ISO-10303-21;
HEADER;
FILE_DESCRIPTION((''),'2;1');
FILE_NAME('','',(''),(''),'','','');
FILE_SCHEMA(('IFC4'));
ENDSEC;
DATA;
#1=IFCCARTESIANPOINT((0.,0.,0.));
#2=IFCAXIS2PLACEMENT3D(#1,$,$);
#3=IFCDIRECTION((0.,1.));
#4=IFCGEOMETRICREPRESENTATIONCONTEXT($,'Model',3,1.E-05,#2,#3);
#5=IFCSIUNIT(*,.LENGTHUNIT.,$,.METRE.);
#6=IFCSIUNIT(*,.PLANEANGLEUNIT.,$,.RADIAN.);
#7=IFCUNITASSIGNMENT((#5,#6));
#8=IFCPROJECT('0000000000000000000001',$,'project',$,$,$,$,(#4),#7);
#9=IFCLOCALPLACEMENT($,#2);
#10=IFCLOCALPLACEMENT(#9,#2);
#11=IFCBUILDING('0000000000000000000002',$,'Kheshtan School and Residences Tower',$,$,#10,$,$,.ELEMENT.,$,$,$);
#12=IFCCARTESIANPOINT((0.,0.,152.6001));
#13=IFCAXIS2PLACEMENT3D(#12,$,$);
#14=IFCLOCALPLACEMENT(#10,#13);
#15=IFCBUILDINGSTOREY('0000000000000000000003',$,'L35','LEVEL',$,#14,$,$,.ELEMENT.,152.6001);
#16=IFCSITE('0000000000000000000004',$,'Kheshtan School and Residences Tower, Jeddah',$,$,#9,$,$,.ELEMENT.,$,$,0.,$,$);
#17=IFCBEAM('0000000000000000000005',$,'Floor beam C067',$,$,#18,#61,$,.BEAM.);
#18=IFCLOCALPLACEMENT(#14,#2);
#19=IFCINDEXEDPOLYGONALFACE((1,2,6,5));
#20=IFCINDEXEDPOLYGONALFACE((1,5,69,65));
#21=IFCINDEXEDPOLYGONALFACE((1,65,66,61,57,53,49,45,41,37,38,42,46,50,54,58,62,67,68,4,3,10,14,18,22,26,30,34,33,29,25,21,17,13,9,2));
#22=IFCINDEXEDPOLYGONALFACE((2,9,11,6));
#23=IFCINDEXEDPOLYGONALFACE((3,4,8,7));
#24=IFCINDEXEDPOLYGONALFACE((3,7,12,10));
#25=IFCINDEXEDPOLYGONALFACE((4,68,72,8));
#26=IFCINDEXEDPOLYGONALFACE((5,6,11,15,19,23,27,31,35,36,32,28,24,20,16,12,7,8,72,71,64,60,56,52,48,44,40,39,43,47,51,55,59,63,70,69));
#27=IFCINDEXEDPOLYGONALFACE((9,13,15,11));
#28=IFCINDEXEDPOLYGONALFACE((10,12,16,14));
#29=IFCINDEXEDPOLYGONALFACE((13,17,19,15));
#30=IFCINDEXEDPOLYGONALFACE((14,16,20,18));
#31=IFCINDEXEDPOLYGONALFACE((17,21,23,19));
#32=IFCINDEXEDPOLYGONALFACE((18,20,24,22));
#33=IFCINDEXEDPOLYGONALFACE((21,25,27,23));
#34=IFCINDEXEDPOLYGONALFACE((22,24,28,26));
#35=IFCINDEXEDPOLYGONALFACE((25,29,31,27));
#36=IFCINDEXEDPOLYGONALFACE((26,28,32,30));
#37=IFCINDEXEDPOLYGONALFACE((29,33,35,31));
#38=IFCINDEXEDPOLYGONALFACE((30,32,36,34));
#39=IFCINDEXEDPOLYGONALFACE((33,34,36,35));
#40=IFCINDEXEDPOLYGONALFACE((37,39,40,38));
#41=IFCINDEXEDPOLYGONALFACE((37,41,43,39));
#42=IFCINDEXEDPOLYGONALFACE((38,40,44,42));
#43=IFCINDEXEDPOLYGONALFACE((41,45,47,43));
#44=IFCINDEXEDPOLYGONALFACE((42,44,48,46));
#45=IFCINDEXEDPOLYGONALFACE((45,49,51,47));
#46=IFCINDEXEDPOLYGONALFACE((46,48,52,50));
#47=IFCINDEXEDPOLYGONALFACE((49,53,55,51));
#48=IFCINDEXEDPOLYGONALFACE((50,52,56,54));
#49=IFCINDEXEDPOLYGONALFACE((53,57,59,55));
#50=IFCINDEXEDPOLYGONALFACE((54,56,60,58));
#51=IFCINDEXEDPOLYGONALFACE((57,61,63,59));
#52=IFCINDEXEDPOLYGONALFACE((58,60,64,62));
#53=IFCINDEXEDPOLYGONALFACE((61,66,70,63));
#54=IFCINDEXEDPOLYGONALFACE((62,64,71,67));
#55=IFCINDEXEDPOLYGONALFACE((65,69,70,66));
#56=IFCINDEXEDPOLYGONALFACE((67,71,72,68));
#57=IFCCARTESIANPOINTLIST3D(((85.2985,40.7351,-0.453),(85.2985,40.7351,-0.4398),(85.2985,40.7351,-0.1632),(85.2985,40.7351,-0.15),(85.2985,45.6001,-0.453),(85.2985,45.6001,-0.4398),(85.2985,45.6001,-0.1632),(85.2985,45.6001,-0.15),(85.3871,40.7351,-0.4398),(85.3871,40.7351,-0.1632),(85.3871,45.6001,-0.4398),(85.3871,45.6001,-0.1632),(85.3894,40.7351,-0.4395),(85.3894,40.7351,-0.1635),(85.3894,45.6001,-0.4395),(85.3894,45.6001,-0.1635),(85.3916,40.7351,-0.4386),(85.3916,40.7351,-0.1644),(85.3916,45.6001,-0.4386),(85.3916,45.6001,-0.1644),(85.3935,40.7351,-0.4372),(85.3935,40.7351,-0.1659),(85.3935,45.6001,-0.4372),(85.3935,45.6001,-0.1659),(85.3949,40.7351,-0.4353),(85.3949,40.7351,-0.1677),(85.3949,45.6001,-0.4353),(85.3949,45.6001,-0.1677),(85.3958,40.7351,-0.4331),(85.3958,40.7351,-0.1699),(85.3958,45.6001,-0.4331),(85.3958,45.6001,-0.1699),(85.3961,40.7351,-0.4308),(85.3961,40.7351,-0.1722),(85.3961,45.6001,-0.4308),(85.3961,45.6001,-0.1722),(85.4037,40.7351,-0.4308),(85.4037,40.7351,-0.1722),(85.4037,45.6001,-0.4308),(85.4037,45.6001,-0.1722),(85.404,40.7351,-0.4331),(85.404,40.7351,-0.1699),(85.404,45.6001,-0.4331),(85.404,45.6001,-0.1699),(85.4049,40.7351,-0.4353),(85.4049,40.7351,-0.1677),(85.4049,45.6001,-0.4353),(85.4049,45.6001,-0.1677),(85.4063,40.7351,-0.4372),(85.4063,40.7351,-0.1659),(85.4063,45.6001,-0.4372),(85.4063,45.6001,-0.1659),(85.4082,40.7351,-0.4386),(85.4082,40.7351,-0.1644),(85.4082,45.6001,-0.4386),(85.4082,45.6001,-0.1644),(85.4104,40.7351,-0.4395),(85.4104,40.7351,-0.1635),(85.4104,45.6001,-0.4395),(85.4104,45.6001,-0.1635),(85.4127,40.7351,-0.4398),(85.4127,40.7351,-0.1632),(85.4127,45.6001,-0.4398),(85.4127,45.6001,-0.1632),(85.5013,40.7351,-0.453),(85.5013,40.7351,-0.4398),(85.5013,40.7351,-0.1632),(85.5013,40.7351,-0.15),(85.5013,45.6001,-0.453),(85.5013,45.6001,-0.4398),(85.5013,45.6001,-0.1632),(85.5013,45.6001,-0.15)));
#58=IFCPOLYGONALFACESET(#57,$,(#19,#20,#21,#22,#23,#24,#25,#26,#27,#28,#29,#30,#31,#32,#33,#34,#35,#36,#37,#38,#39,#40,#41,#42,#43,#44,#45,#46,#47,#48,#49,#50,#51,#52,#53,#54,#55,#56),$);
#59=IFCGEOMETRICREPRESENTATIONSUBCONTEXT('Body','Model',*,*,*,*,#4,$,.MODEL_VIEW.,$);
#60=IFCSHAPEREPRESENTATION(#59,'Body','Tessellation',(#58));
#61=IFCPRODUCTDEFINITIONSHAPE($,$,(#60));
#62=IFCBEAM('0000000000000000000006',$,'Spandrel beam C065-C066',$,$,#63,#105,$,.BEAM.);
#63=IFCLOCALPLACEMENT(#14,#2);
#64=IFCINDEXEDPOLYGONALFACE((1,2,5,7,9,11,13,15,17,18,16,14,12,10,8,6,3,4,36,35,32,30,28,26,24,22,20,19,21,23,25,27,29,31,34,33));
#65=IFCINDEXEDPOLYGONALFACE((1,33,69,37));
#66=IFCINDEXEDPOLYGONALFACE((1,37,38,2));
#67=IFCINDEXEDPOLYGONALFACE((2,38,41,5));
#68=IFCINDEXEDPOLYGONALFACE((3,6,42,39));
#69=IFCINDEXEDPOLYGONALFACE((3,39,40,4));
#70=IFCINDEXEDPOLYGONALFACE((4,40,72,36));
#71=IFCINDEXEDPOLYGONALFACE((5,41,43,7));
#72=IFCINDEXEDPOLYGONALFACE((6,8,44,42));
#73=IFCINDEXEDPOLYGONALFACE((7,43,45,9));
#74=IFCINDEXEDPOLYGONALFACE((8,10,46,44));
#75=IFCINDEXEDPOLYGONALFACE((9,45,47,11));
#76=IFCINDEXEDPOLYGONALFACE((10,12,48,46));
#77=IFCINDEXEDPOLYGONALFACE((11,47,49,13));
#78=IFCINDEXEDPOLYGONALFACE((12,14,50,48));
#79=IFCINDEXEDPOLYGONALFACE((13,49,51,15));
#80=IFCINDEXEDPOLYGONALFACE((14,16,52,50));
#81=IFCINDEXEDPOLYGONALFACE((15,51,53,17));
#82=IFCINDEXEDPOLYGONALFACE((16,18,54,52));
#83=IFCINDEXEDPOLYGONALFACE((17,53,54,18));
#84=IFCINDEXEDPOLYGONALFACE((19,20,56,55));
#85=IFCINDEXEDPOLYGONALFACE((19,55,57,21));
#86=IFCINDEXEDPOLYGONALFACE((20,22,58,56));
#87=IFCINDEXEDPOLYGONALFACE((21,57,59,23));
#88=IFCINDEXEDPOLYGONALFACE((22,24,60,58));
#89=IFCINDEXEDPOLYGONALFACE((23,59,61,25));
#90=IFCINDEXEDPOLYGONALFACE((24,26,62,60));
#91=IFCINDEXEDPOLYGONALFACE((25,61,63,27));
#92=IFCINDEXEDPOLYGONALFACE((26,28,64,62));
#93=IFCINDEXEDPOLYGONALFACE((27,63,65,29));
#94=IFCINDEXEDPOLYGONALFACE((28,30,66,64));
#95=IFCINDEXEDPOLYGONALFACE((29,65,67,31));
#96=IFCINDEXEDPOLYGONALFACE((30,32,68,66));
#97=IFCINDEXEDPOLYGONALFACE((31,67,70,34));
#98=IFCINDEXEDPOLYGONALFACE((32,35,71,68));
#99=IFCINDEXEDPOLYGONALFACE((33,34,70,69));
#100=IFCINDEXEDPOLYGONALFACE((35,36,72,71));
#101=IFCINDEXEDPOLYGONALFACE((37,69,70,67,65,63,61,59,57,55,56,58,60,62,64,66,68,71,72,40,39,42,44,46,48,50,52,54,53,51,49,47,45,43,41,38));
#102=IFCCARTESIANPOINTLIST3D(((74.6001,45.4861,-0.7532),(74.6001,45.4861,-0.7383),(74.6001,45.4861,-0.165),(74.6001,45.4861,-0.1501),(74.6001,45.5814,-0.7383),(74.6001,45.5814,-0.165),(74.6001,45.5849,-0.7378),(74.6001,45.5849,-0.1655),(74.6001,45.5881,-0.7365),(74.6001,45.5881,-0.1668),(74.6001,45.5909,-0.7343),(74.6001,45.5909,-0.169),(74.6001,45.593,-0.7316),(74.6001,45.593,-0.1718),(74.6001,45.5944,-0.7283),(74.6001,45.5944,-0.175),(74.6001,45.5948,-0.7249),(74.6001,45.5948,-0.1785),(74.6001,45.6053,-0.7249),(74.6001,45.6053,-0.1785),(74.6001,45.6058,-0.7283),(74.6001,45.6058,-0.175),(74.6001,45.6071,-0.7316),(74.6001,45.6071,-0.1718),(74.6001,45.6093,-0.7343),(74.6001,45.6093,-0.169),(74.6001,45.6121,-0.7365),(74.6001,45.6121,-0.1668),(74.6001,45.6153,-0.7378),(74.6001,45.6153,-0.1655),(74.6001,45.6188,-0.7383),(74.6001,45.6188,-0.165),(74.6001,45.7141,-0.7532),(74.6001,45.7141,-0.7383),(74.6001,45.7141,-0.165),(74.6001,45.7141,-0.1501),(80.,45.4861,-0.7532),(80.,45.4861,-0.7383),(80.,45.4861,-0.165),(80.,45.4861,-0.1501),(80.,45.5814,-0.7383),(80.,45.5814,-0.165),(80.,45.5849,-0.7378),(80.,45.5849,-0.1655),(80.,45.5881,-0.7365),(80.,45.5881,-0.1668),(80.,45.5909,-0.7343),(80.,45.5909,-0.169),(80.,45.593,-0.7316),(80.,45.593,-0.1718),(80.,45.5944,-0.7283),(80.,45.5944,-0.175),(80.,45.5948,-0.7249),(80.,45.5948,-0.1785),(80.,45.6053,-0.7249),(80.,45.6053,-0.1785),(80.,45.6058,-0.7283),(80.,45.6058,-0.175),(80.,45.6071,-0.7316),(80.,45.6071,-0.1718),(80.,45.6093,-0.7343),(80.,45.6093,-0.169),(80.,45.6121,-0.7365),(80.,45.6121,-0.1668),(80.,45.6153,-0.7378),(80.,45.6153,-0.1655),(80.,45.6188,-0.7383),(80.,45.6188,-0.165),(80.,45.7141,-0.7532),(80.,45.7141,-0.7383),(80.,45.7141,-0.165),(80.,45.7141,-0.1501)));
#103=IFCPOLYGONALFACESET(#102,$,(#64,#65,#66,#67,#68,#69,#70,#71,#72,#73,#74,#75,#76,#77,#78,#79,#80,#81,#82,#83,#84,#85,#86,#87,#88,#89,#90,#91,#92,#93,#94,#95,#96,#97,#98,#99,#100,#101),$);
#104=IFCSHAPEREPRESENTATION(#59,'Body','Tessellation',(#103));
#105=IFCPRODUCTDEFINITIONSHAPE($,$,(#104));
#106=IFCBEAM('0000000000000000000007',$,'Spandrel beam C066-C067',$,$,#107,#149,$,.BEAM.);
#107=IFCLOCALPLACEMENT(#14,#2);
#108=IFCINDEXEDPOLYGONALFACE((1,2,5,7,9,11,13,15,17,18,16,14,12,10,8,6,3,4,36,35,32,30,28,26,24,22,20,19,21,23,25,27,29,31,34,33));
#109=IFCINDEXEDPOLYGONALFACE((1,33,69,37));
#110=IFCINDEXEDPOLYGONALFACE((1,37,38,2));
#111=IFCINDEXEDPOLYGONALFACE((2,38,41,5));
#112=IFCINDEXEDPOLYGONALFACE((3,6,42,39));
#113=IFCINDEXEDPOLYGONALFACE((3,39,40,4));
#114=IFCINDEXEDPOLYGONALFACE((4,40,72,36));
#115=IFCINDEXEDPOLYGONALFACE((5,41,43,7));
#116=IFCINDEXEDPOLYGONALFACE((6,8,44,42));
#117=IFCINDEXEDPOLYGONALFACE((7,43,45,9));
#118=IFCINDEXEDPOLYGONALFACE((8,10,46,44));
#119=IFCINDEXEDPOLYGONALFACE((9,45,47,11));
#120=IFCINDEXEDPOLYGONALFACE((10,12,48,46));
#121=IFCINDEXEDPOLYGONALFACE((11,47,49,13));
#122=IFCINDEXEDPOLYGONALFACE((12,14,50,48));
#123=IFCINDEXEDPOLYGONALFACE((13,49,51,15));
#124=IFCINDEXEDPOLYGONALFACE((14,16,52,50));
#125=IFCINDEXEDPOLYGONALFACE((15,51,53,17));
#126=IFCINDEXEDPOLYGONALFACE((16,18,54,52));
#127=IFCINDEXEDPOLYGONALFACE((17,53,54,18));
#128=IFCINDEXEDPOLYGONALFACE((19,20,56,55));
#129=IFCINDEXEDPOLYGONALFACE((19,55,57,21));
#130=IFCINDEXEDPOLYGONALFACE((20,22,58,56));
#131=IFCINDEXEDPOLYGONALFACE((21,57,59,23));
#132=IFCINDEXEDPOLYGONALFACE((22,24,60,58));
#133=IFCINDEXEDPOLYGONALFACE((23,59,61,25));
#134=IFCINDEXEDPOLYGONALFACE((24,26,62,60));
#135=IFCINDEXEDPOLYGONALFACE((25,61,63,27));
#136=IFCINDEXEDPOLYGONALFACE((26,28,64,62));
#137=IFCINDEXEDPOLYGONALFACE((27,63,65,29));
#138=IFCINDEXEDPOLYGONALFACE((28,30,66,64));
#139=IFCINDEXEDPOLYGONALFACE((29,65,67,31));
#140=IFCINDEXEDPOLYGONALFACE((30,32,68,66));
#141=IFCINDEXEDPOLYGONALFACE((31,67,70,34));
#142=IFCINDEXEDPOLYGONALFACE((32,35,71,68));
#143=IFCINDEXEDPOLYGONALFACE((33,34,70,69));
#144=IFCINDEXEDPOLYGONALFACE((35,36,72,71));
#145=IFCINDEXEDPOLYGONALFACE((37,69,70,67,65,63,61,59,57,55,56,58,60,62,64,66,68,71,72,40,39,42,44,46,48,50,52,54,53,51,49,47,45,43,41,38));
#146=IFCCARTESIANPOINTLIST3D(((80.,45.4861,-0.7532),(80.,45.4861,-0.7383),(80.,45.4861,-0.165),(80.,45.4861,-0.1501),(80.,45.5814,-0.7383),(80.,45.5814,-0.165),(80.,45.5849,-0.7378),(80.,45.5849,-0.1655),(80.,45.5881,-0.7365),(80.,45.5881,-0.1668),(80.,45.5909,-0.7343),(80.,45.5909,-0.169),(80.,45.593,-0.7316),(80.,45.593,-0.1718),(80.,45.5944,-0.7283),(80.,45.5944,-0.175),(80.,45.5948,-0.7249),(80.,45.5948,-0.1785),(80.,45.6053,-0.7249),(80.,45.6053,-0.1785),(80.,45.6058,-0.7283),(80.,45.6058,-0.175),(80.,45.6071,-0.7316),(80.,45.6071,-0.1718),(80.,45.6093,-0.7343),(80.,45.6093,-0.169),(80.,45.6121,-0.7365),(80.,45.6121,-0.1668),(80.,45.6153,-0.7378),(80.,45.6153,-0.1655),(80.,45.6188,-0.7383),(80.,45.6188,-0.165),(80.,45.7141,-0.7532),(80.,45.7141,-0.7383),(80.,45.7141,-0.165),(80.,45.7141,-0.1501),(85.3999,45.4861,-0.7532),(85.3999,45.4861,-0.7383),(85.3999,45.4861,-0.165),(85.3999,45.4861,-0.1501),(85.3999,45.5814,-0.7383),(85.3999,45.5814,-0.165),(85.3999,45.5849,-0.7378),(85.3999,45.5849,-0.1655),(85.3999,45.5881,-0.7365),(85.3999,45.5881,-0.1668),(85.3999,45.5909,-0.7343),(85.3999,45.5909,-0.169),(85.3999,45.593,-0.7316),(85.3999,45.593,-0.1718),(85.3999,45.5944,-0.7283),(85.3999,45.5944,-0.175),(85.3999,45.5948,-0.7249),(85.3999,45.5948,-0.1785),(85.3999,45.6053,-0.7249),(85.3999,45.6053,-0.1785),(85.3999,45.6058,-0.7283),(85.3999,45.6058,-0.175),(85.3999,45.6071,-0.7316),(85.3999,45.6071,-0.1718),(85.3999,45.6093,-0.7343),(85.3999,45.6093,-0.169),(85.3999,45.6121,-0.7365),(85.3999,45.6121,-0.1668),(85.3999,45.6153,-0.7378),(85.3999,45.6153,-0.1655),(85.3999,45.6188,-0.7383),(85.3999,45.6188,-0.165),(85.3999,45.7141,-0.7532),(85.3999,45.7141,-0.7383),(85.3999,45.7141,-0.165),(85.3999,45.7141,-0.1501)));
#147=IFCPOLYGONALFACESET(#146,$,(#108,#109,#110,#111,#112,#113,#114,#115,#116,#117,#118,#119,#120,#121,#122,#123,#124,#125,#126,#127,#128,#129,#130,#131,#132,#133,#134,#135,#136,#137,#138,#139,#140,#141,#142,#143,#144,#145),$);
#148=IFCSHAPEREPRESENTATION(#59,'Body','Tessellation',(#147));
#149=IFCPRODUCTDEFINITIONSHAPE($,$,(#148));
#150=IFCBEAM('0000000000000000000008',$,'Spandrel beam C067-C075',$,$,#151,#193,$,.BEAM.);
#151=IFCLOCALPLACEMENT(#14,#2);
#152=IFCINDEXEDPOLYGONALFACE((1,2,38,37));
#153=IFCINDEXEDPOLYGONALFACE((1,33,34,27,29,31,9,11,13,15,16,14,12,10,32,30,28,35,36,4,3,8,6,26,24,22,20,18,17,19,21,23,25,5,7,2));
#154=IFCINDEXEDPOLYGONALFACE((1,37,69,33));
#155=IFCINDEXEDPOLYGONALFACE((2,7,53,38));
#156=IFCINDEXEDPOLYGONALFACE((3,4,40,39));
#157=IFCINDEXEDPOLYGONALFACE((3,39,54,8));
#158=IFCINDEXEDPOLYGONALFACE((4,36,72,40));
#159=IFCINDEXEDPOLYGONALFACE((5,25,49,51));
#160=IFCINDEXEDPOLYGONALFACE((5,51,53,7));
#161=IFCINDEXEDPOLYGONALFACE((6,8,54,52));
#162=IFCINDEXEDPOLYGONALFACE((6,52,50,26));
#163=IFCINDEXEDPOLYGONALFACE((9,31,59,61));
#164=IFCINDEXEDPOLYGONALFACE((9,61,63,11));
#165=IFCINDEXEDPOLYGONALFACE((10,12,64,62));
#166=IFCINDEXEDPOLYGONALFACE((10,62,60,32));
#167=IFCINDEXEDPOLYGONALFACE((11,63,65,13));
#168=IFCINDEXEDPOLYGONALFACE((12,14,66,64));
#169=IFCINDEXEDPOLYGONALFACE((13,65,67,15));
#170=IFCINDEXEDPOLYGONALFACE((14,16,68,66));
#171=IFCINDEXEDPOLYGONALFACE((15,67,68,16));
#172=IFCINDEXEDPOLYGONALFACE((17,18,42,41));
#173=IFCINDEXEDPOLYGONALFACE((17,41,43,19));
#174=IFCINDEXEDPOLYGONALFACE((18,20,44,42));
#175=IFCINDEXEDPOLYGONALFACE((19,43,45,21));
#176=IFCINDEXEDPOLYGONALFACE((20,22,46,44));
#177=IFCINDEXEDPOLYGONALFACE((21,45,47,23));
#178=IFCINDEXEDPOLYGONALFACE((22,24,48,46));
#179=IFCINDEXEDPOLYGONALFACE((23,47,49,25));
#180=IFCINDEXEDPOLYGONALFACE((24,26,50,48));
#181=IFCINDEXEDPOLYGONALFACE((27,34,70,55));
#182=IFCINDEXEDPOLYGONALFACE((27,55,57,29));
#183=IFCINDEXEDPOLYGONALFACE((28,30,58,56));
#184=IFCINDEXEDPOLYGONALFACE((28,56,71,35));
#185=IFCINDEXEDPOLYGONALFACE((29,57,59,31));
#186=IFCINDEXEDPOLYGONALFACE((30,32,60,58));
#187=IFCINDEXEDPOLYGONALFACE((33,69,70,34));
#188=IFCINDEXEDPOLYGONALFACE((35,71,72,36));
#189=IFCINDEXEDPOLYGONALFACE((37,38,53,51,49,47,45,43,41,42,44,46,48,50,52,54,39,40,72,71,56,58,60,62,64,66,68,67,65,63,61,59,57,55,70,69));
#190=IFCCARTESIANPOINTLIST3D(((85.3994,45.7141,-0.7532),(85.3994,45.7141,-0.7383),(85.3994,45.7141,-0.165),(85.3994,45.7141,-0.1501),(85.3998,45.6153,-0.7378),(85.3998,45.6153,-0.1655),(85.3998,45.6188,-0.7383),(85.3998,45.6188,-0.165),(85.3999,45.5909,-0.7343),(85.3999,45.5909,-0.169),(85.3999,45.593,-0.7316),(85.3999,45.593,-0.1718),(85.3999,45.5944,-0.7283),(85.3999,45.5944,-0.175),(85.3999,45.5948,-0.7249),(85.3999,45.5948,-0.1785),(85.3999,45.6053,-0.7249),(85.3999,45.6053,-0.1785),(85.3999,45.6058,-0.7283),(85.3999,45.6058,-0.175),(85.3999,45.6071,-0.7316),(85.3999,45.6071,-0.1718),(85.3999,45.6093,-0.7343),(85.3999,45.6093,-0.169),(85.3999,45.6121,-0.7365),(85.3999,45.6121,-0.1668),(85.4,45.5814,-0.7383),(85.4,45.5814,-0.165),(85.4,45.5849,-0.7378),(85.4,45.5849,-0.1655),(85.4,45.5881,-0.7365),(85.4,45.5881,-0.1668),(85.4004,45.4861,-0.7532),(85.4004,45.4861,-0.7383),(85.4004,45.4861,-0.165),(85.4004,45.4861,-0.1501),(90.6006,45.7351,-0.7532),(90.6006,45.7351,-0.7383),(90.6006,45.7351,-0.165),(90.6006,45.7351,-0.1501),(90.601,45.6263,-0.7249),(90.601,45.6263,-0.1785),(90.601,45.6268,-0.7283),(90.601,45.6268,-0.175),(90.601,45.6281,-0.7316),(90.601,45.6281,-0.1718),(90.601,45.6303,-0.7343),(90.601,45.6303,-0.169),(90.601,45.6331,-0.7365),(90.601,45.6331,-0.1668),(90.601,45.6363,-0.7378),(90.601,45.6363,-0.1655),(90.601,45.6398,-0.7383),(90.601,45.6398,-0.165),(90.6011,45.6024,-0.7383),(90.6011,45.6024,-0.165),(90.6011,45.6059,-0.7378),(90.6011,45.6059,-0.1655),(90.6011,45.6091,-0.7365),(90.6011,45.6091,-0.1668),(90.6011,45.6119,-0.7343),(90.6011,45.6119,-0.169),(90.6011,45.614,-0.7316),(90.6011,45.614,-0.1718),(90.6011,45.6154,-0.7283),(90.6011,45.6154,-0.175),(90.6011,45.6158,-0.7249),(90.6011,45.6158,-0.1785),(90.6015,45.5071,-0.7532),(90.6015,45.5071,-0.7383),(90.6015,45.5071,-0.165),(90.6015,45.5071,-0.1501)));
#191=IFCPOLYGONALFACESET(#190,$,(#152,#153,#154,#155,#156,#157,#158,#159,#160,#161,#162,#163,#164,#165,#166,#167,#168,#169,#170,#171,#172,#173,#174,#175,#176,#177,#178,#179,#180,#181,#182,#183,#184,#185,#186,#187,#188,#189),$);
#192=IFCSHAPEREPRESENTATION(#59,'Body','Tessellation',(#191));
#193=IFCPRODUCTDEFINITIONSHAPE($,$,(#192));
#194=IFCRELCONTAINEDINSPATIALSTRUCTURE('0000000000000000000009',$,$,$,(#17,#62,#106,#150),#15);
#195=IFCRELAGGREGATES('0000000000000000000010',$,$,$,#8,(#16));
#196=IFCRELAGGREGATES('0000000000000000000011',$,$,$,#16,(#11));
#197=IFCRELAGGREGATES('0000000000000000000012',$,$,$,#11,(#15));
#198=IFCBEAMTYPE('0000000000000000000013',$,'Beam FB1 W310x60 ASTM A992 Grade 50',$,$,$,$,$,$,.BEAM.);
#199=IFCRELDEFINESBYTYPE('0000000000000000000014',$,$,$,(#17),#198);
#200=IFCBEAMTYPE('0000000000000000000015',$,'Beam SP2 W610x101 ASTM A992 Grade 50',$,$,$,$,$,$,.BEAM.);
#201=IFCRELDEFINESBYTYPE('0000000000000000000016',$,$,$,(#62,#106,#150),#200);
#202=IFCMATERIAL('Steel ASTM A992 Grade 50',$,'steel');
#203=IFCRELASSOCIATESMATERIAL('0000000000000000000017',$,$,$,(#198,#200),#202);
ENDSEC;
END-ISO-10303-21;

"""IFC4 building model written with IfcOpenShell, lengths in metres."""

from ifc_helpers import new_model, si_unit, direction, frame, origin, origin_2d, place, context, subcontext, project, spatial, i_section, extrude, material, material_profile, profile_set, type_object, element, save


model = new_model("IFC4")

# Units and contexts
model_context = context("Model", 3, precision=1e-05, world=origin(), true_north=direction((0.0, 1.0)))
body_context = subcontext(model_context, "Body", "Model", "MODEL_VIEW")
ifc_project = project(units=[si_unit("LENGTHUNIT", "METRE"), si_unit("PLANEANGLEUNIT", "RADIAN")], contexts=[model_context])

# Site, building, storey
site_placement = place(None, origin())
site = spatial("IfcSite", under=ifc_project, at=site_placement, Name="Kheshtan School and Residences Tower, Jeddah", CompositionType="ELEMENT", RefElevation=0.0)
building_placement = place(site_placement, origin())
building = spatial("IfcBuilding", under=site, at=building_placement, Name="Kheshtan School and Residences Tower", CompositionType="ELEMENT")
storey_placement = place(building_placement, frame((0.0, 0.0, 152.6001)))
storey = spatial("IfcBuildingStorey", under=building, at=storey_placement, Name="L35", Description="LEVEL", CompositionType="ELEMENT", Elevation=152.6001)

# Shared definitions
ifc_material_1 = material(Name="Steel ASTM A992 Grade 50", Category="steel")

# Beams
ifc_material_profile_1 = material_profile(ifc_material_1, i_section(OverallWidth=0.2029, OverallDepth=0.303, WebThickness=0.0076, FlangeThickness=0.0132, FilletRadius=0.009, at=origin_2d()), Name="W310x60")
ifc_profile_set_1 = profile_set([ifc_material_profile_1], Name="Steel ASTM A992 Grade 50")
beam_type_1 = type_object("IfcBeamType", Name="Beam FB1 W310x60 ASTM A992 Grade 50", PredefinedType="BEAM", material=ifc_profile_set_1)
beam_1_placement = place(storey_placement, frame((85.3999, 45.6001, -0.3015), z_axis=(0.0, -1.0, 0.0), x_axis=(1.0, 0.0, 0.0)))
element("IfcBeam", 1, at=beam_1_placement, inside=storey, type_object=beam_type_1, Name="Floor beam C067", PredefinedType="BEAM", context=body_context, shape_type="SweptSolid", body=[
    extrude(i_section(OverallWidth=0.2029, OverallDepth=0.303, WebThickness=0.0076, FlangeThickness=0.0132, FilletRadius=0.009, at=origin_2d()), origin(), (0.0, 0.0, 1.0), 4.865),
])
ifc_material_profile_2 = material_profile(ifc_material_1, i_section(OverallWidth=0.228, OverallDepth=0.603, WebThickness=0.0105, FlangeThickness=0.0149, FilletRadius=0.0134, at=origin_2d()), Name="W610x101")
ifc_profile_set_2 = profile_set([ifc_material_profile_2], Name="Steel ASTM A992 Grade 50")
beam_type_2 = type_object("IfcBeamType", Name="Beam SP2 W610x101 ASTM A992 Grade 50", PredefinedType="BEAM", material=ifc_profile_set_2)
for number, where, z_axis, x_axis, name in (
    (2, (74.6001, 45.6001, -0.4517), (1.0, 0.0, 0.0), (0.0, 1.0, 0.0), "Spandrel beam C065-C066"),
    (3, (80.0, 45.6001, -0.4517), (1.0, 0.0, 0.0), (0.0, 1.0, 0.0), "Spandrel beam C066-C067"),
):
    element("IfcBeam", number, at=place(storey_placement, frame(where, z_axis=z_axis, x_axis=x_axis)), inside=storey, type_object=beam_type_2, Name=name, PredefinedType="BEAM", context=body_context, shape_type="SweptSolid", body=[
        extrude(i_section(OverallWidth=0.228, OverallDepth=0.603, WebThickness=0.0105, FlangeThickness=0.0149, FilletRadius=0.0134, at=origin_2d()), origin(), (0.0, 0.0, 1.0), 5.3999),
    ])
beam_2_placement = place(storey_placement, frame((85.3999, 45.6001, -0.4517), z_axis=(0.999992, 0.004037, 0.0), x_axis=(-0.004037, 0.999992, 0.0)))
element("IfcBeam", 4, at=beam_2_placement, inside=storey, type_object=beam_type_2, Name="Spandrel beam C067-C075", PredefinedType="BEAM", context=body_context, shape_type="SweptSolid", body=[
    extrude(i_section(OverallWidth=0.228, OverallDepth=0.603, WebThickness=0.0105, FlangeThickness=0.0149, FilletRadius=0.0134, at=origin_2d()), origin(), (0.0, 0.0, 1.0), 5.2012),
])

save(model, "model.ifc")
